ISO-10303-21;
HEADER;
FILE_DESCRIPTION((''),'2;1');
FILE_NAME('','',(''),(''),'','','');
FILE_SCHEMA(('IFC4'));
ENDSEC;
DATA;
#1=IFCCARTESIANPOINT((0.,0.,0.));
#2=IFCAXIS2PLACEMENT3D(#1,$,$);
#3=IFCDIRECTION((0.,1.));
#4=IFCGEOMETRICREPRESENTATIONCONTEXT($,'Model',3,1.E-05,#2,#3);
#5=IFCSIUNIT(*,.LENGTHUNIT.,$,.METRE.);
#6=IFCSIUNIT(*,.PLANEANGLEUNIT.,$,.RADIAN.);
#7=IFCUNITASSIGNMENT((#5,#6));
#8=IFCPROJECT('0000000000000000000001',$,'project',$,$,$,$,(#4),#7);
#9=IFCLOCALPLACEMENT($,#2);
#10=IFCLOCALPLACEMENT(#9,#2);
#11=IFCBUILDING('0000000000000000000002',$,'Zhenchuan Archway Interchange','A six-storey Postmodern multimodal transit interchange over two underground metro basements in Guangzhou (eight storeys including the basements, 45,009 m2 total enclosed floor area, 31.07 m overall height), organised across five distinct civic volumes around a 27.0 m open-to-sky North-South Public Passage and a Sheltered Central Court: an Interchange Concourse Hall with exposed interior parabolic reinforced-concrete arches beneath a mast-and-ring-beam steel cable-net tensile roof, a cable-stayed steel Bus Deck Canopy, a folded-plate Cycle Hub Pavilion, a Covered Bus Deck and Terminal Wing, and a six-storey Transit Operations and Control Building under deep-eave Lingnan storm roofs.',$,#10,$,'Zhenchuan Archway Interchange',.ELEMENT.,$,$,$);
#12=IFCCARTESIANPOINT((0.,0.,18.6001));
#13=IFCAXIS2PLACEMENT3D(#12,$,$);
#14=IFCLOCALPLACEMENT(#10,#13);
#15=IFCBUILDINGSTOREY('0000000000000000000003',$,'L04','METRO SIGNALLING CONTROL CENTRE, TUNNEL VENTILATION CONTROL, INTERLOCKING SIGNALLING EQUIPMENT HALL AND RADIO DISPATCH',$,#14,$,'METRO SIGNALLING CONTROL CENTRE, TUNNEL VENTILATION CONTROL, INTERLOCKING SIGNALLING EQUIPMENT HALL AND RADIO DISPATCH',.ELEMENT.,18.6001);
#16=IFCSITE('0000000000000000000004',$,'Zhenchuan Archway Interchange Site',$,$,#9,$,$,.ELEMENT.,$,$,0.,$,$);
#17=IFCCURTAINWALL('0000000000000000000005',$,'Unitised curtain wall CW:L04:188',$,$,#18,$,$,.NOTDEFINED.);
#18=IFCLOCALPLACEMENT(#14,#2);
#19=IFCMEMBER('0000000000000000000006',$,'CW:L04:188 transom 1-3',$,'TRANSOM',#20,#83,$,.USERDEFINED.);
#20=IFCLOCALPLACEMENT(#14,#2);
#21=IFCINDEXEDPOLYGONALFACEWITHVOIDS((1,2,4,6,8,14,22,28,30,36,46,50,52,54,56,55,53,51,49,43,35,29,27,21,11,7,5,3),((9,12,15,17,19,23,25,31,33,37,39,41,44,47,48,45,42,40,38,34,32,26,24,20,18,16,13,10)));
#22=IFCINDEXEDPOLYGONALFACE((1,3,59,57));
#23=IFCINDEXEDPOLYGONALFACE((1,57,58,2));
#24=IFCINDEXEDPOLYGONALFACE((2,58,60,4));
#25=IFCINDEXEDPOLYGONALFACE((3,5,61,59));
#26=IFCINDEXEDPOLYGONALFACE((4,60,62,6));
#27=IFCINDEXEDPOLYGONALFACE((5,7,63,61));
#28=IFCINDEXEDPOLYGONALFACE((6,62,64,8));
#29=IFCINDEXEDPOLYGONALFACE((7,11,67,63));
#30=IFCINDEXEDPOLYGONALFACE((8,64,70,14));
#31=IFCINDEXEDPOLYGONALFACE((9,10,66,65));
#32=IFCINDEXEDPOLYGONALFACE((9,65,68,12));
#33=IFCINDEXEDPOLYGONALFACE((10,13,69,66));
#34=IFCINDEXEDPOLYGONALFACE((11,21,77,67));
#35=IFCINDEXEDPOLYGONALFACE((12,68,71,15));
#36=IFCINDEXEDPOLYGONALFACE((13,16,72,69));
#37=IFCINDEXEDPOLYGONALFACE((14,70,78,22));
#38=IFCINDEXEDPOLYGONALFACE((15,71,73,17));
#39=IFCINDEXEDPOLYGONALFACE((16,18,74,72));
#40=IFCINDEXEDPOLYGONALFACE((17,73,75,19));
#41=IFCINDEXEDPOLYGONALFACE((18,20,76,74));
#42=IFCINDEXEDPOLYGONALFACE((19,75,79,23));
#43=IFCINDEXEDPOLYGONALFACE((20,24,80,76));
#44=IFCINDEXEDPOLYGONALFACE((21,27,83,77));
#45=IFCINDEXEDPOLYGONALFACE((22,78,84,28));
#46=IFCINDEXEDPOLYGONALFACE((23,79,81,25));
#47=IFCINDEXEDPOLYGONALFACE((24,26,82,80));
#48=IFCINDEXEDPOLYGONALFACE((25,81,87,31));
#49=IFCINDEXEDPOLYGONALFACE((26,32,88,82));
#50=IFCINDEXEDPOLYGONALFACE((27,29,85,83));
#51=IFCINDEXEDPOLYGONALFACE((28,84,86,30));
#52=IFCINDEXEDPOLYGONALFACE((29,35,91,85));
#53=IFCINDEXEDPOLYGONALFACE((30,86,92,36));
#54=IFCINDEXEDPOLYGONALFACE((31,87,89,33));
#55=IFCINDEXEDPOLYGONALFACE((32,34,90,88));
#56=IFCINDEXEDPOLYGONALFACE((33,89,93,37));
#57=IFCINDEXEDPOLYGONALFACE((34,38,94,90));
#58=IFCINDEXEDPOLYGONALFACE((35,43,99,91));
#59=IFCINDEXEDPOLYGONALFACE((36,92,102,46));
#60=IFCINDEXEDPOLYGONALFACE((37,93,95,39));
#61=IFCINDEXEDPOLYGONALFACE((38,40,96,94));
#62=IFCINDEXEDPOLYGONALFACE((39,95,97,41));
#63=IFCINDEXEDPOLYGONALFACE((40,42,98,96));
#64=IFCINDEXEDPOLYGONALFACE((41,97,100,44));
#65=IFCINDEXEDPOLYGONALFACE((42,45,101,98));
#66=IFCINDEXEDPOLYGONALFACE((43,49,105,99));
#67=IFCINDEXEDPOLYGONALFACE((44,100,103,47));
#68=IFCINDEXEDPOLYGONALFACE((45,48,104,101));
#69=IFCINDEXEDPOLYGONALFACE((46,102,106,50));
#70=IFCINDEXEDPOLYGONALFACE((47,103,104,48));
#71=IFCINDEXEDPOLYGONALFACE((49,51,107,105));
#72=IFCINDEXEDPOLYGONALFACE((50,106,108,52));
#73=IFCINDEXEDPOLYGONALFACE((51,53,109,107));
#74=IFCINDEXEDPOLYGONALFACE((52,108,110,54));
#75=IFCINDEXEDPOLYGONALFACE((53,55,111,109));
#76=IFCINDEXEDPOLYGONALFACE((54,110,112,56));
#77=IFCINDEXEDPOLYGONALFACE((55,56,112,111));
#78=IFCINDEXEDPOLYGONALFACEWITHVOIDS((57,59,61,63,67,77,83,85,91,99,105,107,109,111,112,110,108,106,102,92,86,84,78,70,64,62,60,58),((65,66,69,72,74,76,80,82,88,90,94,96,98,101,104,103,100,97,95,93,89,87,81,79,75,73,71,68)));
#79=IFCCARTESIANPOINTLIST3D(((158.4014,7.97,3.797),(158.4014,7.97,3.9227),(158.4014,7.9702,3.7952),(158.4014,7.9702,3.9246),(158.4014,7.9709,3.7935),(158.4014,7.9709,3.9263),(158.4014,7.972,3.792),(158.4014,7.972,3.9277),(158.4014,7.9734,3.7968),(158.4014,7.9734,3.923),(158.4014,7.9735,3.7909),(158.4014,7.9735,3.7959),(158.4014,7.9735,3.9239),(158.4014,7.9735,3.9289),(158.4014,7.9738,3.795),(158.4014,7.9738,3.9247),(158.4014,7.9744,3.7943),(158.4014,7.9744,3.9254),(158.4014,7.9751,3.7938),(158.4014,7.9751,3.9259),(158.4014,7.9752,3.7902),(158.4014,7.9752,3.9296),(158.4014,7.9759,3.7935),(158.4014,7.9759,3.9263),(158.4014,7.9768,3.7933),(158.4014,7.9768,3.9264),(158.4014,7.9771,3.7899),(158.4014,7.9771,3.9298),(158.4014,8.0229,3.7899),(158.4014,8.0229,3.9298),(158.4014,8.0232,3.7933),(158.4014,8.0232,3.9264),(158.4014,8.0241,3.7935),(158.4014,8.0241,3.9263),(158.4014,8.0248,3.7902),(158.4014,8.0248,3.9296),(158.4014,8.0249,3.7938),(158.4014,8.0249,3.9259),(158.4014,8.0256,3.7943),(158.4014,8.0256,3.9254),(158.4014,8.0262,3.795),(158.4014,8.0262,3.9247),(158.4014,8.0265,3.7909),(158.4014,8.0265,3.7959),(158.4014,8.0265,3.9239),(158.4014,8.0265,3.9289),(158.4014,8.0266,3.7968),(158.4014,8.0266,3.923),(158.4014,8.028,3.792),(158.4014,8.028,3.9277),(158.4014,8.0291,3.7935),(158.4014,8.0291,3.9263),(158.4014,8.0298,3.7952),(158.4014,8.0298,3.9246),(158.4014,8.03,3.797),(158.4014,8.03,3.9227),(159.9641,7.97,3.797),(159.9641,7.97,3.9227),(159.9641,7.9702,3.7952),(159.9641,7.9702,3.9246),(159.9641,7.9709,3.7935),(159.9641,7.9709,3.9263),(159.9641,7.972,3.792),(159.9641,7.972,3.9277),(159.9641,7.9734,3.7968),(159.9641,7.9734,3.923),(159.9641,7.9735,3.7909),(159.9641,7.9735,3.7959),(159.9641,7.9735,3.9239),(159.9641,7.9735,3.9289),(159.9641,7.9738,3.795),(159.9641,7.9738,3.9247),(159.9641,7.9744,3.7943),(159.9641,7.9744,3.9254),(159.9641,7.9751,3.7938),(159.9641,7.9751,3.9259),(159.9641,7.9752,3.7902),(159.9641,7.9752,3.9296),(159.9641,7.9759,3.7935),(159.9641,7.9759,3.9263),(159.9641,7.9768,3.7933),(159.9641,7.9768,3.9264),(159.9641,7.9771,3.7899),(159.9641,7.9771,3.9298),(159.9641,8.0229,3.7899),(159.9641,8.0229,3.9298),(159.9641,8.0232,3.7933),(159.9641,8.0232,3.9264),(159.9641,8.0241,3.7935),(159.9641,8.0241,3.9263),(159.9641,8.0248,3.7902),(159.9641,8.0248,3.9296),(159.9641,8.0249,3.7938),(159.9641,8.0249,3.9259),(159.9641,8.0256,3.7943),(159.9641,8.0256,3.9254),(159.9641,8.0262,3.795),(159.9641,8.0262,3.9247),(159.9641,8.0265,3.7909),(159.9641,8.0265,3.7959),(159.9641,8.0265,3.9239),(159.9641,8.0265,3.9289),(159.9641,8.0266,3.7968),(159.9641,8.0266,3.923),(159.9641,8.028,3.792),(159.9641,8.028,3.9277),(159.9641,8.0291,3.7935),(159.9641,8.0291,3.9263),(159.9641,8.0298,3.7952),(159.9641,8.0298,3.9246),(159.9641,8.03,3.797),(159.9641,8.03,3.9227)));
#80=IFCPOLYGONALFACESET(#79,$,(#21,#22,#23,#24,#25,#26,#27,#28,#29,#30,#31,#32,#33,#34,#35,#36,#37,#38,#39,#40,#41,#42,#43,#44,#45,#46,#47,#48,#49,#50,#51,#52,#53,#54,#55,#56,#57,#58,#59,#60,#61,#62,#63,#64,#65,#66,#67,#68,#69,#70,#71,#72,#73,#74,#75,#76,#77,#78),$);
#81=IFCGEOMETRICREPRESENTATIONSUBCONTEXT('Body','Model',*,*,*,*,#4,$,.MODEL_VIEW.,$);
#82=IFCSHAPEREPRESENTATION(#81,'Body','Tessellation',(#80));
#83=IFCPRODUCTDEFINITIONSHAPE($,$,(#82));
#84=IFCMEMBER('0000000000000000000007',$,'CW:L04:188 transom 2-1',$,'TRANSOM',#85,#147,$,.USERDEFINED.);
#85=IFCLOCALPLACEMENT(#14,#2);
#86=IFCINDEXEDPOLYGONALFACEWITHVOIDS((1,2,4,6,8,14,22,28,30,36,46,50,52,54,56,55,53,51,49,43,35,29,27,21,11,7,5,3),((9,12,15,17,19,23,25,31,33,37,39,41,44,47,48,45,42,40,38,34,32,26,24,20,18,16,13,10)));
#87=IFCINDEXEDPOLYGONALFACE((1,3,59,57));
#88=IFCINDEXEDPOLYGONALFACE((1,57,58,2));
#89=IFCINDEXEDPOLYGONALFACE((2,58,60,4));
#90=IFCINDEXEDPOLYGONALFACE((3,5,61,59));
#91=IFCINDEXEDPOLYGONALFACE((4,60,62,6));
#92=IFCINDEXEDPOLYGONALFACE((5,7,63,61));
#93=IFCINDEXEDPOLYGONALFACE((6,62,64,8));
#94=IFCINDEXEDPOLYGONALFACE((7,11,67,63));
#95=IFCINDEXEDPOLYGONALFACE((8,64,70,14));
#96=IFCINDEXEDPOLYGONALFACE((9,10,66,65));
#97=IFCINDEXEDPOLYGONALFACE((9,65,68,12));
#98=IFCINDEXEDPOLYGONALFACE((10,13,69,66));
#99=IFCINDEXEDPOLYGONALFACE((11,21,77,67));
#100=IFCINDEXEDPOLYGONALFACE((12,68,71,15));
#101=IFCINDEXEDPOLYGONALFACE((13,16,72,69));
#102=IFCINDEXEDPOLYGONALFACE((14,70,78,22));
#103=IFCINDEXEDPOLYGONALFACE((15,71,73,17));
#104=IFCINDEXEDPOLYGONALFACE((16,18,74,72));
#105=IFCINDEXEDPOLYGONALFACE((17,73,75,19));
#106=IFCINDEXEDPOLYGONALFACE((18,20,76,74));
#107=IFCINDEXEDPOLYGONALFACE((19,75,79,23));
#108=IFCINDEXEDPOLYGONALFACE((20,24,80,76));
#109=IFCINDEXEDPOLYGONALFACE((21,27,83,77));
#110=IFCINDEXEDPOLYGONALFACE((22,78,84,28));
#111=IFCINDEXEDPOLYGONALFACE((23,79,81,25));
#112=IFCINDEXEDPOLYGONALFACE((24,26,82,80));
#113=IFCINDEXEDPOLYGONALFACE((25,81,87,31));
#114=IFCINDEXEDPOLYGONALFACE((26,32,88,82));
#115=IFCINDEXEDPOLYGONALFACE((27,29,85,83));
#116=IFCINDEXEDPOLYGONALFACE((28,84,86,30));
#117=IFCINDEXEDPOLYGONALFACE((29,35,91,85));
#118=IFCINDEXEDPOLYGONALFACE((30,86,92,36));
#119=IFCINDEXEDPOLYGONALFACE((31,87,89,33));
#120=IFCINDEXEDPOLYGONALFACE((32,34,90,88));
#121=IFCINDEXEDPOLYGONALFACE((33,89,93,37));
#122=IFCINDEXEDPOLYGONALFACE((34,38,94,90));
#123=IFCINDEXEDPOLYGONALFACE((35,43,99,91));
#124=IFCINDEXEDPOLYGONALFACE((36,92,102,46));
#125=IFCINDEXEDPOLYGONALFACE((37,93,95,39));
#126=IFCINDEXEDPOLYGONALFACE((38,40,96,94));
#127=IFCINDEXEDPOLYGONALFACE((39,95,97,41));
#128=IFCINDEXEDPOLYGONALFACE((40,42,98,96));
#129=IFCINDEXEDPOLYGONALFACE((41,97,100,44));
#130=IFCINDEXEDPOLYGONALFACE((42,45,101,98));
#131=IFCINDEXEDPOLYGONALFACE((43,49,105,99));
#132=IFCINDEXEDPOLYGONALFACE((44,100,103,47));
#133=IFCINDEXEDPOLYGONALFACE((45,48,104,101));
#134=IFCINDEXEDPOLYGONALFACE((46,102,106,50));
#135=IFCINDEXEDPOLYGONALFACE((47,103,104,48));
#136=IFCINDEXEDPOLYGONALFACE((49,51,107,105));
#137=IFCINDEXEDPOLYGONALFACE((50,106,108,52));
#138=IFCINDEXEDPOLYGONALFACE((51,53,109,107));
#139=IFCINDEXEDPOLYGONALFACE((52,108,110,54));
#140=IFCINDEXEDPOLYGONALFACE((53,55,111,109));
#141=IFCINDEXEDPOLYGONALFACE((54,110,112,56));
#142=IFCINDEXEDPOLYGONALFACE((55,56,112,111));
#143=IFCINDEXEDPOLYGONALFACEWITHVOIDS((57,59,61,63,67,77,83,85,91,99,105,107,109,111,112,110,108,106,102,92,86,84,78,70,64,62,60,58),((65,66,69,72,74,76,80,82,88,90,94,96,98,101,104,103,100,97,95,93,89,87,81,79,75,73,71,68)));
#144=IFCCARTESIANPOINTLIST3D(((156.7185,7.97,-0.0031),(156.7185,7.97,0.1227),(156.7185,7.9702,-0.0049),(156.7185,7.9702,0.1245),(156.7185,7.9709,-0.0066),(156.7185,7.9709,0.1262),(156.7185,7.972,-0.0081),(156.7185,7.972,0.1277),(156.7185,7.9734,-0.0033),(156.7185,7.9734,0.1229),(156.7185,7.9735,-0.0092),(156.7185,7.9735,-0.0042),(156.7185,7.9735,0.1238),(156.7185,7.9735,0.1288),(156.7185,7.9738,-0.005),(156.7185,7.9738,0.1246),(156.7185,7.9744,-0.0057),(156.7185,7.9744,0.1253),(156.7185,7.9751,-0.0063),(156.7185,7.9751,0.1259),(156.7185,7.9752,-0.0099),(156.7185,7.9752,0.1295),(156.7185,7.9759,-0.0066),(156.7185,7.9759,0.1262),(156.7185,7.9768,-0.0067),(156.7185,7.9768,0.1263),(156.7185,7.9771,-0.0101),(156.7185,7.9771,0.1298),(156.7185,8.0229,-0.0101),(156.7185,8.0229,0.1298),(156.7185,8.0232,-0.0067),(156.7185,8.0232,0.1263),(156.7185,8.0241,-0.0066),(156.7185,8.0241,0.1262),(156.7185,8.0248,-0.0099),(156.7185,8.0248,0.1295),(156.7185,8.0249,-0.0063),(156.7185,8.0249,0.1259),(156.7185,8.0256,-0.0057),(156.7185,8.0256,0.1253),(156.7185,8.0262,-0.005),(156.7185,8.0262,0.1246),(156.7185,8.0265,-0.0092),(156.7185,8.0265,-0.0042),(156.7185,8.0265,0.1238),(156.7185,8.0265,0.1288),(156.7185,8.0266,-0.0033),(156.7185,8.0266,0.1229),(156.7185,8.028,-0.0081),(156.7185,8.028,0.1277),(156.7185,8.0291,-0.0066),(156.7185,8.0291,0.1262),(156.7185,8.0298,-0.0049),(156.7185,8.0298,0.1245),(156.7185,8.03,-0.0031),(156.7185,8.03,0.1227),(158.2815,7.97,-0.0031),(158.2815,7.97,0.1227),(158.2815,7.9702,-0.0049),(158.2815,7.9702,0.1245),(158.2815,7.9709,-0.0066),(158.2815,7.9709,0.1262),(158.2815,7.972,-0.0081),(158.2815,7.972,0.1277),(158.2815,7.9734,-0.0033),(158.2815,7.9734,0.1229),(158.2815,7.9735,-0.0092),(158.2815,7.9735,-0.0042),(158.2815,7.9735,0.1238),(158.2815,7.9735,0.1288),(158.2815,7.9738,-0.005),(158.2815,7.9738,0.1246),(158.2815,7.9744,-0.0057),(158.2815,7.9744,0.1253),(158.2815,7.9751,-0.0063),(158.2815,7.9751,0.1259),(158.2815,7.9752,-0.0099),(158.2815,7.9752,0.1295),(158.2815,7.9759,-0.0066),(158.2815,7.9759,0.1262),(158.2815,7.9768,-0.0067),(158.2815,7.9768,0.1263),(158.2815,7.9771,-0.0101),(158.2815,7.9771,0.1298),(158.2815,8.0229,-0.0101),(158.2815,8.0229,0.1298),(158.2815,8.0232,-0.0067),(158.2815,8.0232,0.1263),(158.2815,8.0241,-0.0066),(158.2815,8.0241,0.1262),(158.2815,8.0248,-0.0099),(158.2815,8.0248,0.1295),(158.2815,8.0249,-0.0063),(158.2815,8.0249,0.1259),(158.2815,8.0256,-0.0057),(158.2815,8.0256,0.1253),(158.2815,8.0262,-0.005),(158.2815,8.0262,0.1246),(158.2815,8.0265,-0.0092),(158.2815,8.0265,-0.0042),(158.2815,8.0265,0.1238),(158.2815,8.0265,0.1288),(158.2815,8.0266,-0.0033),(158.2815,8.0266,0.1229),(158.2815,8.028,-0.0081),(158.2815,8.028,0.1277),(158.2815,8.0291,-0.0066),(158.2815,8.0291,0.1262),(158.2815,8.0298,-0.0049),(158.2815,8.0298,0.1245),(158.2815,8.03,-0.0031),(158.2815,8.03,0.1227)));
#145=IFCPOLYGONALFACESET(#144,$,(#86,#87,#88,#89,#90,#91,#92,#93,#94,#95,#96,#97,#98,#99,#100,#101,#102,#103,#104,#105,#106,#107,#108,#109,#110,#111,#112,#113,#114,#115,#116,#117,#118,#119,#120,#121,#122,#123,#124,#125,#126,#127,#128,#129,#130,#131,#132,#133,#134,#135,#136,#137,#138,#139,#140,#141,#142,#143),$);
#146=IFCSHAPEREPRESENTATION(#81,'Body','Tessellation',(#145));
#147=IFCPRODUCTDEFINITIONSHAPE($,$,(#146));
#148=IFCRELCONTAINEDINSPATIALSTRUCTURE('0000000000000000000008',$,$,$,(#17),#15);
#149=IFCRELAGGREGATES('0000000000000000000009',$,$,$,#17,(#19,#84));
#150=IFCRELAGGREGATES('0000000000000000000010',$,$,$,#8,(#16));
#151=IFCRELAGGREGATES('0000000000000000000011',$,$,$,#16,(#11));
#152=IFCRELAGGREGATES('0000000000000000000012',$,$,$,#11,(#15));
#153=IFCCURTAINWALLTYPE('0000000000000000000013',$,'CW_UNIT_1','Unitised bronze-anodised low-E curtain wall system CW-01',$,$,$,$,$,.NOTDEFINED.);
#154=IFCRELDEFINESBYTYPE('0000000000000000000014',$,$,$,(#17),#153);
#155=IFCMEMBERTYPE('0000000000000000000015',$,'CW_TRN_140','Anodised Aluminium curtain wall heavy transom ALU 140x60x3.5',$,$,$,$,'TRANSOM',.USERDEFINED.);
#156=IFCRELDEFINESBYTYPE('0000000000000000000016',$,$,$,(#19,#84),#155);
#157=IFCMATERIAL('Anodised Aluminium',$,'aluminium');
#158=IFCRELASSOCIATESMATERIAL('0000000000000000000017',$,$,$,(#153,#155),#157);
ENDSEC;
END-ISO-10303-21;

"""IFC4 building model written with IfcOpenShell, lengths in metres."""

from ifc_helpers import new_model, si_unit, direction, frame, origin, origin_2d, place, context, subcontext, project, spatial, hollow_rectangle, extrude, material, material_profile, profile_set, type_object, element, aggregate, save


model = new_model("IFC4")

# Units and contexts
model_context = context("Model", 3, precision=1e-05, world=origin(), true_north=direction((0.0, 1.0)))
body_context = subcontext(model_context, "Body", "Model", "MODEL_VIEW")
ifc_project = project(units=[si_unit("LENGTHUNIT", "METRE"), si_unit("PLANEANGLEUNIT", "RADIAN")], contexts=[model_context])

# Site, building, storey
site_placement = place(None, origin())
site = spatial("IfcSite", under=ifc_project, at=site_placement, Name="Zhenchuan Archway Interchange Site", CompositionType="ELEMENT", RefElevation=0.0)
building_placement = place(site_placement, origin())
building = spatial("IfcBuilding", under=site, at=building_placement, Name="Zhenchuan Archway Interchange", Description="A six-storey Postmodern multimodal transit interchange over two underground metro basements in Guangzhou (eight storeys including the basements, 45,009 m2 total enclosed floor area, 31.07 m overall height), organised across five distinct civic volumes around a 27.0 m open-to-sky North-South Public Passage and a Sheltered Central Court: an Interchange Concourse Hall with exposed interior parabolic reinforced-concrete arches beneath a mast-and-ring-beam steel cable-net tensile roof, a cable-stayed steel Bus Deck Canopy, a folded-plate Cycle Hub Pavilion, a Covered Bus Deck and Terminal Wing, and a six-storey Transit Operations and Control Building under deep-eave Lingnan storm roofs.", LongName="Zhenchuan Archway Interchange", CompositionType="ELEMENT")
storey_placement = place(building_placement, frame((0.0, 0.0, 18.6001)))
storey = spatial("IfcBuildingStorey", under=building, at=storey_placement, Name="L04", Description="METRO SIGNALLING CONTROL CENTRE, TUNNEL VENTILATION CONTROL, INTERLOCKING SIGNALLING EQUIPMENT HALL AND RADIO DISPATCH", LongName="METRO SIGNALLING CONTROL CENTRE, TUNNEL VENTILATION CONTROL, INTERLOCKING SIGNALLING EQUIPMENT HALL AND RADIO DISPATCH", CompositionType="ELEMENT", Elevation=18.6001)

# Curtain wall, members
ifc_material_1 = material(Name="Anodised Aluminium", Category="aluminium")
curtain_wall_type = type_object("IfcCurtainWallType", Name="CW_UNIT_1", Description="Unitised bronze-anodised low-E curtain wall system CW-01", PredefinedType="NOTDEFINED", material=ifc_material_1)
curtain_wall_placement = place(storey_placement, origin())
curtain_wall = element("IfcCurtainWall", 1, at=curtain_wall_placement, inside=storey, type_object=curtain_wall_type, Name="Unitised curtain wall CW:L04:188", PredefinedType="NOTDEFINED")
ifc_material_profile_1 = material_profile(ifc_material_1, hollow_rectangle(XDim=0.0601, YDim=0.1399, WallThickness=0.0034, InnerFilletRadius=0.0034, OuterFilletRadius=0.0071, at=origin_2d()), Name="ALU 140x60x3.5")
ifc_profile_set_1 = profile_set([ifc_material_profile_1], Name="Anodised Aluminium")
member_type_1 = type_object("IfcMemberType", Name="CW_TRN_140", Description="Anodised Aluminium curtain wall heavy transom ALU 140x60x3.5", ElementType="TRANSOM", PredefinedType="USERDEFINED", material=ifc_profile_set_1)
member_1_placement = place(storey_placement, frame((159.9641, 8.0, 3.8599), z_axis=(-1.0, 0.0, 0.0), x_axis=(0.0, -1.0, 0.0)))
member_1 = element("IfcMember", 2, at=member_1_placement, type_object=member_type_1, Name="CW:L04:188 transom 1-3", ObjectType="TRANSOM", PredefinedType="USERDEFINED", context=body_context, shape_type="SweptSolid", body=[
    extrude(hollow_rectangle(XDim=0.0601, YDim=0.1399, WallThickness=0.0034, InnerFilletRadius=0.0034, OuterFilletRadius=0.0071, at=origin_2d()), origin(), (0.0, 0.0, 1.0), 1.5627),
])
member_2_placement = place(storey_placement, frame((158.2815, 8.0, 0.0598), z_axis=(-1.0, 0.0, 0.0), x_axis=(0.0, -1.0, 0.0)))
member_2 = element("IfcMember", 3, at=member_2_placement, type_object=member_type_1, Name="CW:L04:188 transom 2-1", ObjectType="TRANSOM", PredefinedType="USERDEFINED", context=body_context, shape_type="SweptSolid", body=[
    extrude(hollow_rectangle(XDim=0.0601, YDim=0.1399, WallThickness=0.0034, InnerFilletRadius=0.0034, OuterFilletRadius=0.0071, at=origin_2d()), origin(), (0.0, 0.0, 1.0), 1.563),
])

aggregate(curtain_wall, [member_1, member_2])

save(model, "model.ifc")
